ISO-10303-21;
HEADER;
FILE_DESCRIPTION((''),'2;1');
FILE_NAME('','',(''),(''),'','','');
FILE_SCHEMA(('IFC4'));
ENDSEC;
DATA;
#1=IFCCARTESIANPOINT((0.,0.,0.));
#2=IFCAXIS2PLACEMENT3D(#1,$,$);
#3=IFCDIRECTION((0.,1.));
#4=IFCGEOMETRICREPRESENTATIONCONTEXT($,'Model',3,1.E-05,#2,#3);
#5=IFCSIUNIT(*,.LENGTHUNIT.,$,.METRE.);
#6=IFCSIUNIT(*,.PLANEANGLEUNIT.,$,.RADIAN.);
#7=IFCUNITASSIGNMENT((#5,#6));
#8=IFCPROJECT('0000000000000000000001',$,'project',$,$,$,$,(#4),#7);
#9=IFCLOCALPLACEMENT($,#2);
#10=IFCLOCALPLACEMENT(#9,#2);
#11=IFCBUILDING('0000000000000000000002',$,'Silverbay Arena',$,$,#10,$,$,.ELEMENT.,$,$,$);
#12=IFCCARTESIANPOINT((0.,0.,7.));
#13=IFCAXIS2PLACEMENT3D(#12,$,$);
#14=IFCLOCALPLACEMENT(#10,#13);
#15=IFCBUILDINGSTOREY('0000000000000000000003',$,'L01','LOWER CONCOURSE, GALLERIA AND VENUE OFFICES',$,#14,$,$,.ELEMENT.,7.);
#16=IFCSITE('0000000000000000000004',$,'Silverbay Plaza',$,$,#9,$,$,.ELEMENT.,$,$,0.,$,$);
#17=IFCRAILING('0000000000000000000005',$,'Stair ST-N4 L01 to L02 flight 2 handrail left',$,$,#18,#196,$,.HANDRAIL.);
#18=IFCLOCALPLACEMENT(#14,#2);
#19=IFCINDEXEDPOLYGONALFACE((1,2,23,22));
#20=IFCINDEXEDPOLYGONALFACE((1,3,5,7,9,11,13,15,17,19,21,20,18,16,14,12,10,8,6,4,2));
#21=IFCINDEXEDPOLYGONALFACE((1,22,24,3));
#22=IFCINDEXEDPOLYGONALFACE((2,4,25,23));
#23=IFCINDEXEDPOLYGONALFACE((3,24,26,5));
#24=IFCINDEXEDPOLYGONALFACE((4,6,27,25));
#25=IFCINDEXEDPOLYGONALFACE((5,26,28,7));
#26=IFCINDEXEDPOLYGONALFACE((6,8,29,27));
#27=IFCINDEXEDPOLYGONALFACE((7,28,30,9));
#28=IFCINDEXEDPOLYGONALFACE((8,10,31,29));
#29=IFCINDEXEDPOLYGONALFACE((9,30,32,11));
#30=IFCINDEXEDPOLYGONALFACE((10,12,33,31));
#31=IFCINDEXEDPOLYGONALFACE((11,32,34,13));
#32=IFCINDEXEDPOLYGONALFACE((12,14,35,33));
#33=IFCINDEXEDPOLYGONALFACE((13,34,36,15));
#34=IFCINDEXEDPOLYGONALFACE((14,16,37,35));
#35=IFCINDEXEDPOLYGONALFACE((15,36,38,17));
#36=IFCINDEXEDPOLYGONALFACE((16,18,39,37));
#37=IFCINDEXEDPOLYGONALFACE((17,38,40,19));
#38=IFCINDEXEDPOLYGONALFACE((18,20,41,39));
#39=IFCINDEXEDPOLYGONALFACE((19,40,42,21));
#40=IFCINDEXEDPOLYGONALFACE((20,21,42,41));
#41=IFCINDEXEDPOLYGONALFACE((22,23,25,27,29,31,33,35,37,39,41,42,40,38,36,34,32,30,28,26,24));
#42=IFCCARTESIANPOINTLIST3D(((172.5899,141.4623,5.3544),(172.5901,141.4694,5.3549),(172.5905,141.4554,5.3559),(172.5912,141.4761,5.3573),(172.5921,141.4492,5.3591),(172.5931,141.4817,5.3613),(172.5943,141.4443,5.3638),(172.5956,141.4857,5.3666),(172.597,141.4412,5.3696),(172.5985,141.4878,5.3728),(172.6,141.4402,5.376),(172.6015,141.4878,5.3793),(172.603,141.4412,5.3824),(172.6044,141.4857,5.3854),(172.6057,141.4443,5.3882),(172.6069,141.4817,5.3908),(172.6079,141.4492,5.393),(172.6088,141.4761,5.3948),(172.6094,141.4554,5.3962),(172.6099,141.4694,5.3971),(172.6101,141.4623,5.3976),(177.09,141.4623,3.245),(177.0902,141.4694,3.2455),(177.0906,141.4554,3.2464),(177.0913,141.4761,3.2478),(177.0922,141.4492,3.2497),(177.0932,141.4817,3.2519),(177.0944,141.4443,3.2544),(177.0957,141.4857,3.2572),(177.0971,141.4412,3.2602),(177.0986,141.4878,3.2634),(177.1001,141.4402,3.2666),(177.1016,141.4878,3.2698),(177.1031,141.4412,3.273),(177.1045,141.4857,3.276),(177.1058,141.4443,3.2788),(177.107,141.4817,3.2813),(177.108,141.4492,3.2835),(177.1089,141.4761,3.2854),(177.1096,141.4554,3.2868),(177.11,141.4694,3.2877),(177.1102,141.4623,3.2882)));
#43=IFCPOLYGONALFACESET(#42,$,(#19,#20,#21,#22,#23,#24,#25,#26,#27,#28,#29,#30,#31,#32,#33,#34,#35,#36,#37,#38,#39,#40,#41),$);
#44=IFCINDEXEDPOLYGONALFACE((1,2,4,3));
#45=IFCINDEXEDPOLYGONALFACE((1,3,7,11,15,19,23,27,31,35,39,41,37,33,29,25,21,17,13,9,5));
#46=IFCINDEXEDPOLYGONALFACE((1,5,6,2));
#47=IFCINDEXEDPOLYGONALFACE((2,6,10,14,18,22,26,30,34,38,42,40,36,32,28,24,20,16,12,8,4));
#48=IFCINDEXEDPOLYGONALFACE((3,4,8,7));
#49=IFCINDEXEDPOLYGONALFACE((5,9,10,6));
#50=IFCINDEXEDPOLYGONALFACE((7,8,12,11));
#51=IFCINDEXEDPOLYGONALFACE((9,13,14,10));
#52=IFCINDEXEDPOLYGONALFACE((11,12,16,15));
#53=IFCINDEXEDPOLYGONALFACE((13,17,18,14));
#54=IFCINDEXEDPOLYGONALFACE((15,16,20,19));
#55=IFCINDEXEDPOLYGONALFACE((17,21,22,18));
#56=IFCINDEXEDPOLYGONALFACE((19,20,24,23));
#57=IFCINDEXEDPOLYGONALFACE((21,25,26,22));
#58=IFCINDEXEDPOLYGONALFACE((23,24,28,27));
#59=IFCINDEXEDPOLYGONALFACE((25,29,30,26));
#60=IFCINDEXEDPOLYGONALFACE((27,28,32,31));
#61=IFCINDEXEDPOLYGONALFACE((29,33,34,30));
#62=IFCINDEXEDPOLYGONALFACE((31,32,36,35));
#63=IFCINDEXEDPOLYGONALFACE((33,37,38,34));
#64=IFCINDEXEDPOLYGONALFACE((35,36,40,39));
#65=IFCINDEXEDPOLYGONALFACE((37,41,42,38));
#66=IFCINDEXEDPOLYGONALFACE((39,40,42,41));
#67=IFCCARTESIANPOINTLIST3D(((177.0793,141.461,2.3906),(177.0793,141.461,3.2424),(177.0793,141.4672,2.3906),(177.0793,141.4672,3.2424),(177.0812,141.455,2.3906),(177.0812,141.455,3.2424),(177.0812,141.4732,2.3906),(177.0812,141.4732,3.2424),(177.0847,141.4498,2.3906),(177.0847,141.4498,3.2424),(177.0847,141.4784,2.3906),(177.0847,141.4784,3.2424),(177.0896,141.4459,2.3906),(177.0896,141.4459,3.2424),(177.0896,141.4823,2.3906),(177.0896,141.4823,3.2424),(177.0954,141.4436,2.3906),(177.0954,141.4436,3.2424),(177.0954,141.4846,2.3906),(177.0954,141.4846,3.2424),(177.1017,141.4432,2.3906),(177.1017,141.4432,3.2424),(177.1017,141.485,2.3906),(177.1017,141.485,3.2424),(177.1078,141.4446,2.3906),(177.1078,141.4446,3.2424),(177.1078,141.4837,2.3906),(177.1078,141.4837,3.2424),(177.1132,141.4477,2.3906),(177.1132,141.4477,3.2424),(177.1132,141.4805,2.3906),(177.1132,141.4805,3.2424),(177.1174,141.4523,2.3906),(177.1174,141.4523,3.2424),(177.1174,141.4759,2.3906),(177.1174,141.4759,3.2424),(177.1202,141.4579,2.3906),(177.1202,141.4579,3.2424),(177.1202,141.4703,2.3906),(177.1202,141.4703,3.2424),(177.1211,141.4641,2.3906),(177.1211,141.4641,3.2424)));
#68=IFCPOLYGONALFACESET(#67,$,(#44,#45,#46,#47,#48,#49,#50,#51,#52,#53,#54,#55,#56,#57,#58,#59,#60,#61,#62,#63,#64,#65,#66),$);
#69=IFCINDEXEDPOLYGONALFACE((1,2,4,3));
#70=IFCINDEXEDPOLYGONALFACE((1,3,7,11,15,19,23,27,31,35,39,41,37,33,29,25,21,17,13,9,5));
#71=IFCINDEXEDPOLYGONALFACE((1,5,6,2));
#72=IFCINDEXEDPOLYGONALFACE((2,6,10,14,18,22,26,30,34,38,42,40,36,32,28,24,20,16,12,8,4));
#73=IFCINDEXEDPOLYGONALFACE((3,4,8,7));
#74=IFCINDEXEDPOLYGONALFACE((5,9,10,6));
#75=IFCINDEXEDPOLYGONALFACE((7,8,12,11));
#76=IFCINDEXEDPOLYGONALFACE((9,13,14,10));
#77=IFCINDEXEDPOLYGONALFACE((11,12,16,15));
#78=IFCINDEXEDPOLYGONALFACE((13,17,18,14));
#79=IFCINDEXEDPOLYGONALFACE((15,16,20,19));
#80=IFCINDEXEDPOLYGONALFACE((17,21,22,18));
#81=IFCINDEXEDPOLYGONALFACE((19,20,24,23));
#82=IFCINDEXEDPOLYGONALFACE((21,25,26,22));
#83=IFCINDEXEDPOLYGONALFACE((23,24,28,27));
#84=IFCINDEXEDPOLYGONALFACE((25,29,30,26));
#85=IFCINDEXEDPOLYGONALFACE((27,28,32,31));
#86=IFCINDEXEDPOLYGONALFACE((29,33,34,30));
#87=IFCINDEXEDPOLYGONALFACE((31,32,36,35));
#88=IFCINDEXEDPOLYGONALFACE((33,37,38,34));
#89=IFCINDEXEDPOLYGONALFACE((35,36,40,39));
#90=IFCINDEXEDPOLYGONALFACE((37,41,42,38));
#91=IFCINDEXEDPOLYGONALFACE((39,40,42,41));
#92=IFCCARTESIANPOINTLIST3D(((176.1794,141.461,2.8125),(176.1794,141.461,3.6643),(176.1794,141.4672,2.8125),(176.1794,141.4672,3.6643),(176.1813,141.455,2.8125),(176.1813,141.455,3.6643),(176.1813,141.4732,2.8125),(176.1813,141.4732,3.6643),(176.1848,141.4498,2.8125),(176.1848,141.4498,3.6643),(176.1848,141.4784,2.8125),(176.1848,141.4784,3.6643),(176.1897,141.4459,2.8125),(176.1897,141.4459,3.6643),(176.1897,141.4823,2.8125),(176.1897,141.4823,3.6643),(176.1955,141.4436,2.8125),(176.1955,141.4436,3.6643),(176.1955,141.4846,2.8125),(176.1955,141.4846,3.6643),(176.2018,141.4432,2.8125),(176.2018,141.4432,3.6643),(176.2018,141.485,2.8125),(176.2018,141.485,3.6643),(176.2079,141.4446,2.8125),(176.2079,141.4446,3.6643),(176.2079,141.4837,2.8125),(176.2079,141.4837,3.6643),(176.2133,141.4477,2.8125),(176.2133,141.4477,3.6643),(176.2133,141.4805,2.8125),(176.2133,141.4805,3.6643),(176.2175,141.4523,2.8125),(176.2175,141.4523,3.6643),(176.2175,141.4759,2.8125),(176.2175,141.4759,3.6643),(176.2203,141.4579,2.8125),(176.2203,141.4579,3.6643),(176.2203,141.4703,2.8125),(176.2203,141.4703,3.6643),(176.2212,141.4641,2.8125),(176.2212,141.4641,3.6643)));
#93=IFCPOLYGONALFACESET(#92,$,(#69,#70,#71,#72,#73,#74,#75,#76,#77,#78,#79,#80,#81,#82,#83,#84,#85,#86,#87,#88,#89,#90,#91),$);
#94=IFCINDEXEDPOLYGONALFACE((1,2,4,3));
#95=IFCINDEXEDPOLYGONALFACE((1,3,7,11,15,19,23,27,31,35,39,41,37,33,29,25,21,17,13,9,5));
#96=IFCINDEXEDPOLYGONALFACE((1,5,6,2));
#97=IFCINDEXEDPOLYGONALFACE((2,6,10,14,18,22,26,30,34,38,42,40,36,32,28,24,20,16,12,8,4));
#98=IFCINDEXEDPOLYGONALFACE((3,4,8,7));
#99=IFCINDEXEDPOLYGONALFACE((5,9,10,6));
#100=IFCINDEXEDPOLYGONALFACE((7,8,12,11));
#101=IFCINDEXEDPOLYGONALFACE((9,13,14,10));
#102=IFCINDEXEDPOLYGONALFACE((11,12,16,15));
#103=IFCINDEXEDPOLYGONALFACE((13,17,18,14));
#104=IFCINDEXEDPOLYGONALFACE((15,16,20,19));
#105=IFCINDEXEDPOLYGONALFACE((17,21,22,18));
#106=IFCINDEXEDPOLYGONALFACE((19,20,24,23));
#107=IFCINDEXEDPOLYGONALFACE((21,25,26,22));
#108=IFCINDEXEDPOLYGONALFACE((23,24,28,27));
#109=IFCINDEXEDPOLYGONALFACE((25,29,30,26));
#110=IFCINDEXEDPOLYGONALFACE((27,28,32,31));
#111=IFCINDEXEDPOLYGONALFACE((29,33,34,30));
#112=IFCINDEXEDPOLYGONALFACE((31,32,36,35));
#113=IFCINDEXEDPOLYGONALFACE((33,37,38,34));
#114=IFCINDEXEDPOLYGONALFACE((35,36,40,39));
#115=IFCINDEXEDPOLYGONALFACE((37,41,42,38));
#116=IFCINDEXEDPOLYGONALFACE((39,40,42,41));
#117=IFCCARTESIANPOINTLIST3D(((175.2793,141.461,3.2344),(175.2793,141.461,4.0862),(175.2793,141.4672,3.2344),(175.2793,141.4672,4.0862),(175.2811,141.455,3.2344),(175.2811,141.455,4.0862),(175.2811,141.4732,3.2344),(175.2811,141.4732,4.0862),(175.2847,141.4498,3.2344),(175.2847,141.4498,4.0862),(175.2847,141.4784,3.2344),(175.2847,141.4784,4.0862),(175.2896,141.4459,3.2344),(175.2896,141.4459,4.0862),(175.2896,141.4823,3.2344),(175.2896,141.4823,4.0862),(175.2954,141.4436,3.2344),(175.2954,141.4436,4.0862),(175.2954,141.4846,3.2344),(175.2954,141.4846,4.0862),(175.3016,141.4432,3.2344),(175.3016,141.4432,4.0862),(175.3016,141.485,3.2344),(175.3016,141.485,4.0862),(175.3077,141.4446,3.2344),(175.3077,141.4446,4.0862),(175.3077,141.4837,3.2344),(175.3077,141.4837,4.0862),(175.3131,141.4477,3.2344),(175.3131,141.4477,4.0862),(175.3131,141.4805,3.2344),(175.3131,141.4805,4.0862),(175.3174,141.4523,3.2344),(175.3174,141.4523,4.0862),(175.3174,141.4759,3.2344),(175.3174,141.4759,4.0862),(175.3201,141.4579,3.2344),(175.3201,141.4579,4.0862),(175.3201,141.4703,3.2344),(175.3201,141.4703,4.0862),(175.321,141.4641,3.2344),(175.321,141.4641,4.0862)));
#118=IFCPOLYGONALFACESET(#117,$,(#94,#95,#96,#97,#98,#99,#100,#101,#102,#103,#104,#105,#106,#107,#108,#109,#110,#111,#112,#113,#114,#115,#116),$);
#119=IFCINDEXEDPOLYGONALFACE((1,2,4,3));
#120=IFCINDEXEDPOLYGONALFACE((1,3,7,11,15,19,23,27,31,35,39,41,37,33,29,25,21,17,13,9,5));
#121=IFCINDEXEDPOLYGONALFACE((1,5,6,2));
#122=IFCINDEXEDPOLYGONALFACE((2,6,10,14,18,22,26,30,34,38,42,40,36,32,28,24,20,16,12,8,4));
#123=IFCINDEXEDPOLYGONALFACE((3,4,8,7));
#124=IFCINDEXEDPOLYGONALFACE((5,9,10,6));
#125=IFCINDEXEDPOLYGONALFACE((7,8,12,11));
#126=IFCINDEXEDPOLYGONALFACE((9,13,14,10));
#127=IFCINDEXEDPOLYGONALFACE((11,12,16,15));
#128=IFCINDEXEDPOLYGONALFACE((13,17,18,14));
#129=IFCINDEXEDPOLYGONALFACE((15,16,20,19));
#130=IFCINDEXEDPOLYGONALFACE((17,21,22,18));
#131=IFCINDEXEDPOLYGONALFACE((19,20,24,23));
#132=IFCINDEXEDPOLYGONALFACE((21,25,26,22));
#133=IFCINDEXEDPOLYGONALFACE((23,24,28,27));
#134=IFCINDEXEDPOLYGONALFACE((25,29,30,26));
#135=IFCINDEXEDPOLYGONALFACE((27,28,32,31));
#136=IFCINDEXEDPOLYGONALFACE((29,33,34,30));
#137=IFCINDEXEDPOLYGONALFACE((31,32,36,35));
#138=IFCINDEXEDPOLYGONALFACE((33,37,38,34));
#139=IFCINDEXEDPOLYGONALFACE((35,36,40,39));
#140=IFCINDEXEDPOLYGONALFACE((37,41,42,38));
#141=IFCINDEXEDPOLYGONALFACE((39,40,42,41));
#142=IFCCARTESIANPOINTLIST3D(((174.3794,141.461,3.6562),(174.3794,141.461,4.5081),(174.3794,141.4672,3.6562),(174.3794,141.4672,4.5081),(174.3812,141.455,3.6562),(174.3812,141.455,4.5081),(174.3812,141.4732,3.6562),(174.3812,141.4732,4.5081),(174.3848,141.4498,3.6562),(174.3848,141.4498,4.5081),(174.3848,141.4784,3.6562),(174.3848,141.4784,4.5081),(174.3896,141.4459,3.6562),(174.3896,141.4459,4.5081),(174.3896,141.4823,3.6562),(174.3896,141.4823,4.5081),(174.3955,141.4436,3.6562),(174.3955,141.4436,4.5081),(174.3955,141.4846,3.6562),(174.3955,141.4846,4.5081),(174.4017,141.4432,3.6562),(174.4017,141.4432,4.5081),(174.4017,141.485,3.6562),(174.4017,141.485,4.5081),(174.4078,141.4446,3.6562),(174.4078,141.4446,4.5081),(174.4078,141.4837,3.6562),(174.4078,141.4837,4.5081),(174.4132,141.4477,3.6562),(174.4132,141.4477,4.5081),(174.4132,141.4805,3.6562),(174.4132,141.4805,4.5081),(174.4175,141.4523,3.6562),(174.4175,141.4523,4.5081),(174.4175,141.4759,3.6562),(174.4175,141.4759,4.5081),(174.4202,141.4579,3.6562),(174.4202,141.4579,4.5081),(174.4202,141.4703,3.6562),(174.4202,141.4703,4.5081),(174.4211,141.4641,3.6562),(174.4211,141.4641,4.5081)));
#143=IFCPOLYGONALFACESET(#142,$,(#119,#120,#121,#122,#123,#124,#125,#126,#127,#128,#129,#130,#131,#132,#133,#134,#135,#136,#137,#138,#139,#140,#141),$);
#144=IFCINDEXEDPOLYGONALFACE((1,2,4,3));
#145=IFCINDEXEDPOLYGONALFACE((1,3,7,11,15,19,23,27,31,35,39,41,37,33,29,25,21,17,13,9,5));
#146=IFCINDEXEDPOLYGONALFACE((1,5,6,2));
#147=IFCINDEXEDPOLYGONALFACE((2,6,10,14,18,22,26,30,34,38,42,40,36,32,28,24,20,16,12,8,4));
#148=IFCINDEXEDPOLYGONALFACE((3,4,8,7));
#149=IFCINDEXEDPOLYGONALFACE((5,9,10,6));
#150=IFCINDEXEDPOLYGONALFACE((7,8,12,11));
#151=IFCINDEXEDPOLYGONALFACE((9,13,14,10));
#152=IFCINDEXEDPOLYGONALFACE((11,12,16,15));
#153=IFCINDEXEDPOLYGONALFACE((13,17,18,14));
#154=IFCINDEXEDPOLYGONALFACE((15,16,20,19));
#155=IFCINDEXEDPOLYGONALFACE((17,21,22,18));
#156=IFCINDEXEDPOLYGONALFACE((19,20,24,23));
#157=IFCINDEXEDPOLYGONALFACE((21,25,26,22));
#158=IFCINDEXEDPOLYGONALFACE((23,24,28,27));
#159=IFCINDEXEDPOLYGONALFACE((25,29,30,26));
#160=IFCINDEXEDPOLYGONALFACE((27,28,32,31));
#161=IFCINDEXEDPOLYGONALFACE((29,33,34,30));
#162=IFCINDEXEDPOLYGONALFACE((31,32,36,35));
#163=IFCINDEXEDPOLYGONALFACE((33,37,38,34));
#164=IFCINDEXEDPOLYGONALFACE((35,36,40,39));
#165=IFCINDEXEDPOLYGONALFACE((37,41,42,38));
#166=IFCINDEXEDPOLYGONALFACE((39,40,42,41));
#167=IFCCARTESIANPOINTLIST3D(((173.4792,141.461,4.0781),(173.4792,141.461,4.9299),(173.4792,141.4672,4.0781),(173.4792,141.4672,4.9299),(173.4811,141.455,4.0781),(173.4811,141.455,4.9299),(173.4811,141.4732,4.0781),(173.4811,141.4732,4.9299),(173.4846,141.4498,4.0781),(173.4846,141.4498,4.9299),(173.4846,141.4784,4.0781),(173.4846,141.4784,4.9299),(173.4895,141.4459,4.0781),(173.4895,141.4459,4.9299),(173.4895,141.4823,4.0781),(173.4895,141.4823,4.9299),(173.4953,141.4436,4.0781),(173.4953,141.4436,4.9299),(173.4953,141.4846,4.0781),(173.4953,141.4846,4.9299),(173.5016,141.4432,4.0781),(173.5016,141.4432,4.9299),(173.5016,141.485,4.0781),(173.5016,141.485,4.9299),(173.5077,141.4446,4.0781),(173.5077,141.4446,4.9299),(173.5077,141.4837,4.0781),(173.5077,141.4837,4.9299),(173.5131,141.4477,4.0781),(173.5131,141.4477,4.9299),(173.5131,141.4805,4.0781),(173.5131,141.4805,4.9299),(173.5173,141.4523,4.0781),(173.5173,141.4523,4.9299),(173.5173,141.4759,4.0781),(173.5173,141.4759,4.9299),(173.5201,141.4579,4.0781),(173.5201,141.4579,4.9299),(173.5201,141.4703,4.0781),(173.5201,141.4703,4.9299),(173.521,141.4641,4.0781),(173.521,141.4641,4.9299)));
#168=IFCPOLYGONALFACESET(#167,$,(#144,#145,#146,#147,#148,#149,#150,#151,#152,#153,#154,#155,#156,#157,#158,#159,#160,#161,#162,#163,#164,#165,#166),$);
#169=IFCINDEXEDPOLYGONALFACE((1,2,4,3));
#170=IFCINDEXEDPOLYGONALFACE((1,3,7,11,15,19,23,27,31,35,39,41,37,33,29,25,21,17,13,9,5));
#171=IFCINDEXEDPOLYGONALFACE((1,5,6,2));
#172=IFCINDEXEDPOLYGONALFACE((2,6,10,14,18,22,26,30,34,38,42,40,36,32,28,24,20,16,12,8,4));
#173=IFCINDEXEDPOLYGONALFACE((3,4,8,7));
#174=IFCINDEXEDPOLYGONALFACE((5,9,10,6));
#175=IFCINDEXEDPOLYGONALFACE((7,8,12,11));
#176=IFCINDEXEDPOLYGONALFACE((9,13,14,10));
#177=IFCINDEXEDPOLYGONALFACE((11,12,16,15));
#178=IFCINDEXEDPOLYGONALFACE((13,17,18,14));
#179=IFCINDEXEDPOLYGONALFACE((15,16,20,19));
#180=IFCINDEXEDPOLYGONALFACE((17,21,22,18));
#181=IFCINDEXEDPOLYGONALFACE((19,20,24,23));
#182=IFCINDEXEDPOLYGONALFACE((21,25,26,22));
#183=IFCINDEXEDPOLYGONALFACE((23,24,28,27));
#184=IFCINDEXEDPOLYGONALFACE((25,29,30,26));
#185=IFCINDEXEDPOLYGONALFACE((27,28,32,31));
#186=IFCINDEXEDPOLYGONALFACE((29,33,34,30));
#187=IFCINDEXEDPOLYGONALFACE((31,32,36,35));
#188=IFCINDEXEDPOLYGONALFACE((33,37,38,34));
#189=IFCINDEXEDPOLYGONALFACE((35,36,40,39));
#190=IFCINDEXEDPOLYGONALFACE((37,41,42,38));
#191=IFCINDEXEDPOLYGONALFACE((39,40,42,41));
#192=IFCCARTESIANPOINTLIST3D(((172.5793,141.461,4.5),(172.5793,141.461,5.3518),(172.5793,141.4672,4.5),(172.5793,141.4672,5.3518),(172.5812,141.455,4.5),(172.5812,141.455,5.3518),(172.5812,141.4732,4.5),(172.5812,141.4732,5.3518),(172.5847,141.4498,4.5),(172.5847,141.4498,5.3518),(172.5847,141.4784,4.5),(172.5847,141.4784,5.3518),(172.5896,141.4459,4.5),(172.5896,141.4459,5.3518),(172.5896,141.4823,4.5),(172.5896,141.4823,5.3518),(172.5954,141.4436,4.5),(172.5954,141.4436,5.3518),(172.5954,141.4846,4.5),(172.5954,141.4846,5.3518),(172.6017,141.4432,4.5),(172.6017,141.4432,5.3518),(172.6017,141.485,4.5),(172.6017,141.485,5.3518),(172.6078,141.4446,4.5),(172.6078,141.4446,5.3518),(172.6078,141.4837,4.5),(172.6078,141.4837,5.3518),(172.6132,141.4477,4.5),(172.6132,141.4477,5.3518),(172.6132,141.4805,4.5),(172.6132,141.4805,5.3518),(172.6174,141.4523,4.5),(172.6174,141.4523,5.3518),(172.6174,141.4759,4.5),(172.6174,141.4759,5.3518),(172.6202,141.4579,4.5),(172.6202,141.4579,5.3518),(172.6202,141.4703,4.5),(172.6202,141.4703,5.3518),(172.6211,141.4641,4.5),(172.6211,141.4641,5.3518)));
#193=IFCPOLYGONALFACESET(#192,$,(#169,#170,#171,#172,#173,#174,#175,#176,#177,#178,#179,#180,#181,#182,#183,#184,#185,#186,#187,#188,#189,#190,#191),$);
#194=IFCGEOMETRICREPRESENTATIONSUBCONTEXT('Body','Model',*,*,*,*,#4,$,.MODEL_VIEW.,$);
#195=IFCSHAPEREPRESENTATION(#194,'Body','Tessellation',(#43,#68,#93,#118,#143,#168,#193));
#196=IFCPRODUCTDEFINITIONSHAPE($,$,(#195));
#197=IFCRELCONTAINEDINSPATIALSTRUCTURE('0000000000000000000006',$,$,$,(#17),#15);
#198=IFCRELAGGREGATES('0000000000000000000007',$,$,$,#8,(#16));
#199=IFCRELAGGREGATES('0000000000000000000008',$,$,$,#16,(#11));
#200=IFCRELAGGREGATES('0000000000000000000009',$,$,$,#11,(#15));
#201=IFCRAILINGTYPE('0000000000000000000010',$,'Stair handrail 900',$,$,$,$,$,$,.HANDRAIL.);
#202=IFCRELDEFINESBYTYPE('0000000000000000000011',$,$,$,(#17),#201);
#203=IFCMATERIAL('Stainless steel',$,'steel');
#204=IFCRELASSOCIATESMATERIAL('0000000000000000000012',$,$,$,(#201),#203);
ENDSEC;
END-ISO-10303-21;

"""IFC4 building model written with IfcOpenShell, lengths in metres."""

from ifc_helpers import new_model, si_unit, direction, frame, origin, origin_2d, place, context, subcontext, project, spatial, circle, extrude, material, type_object, element, save


model = new_model("IFC4")

# Units and contexts
model_context = context("Model", 3, precision=1e-05, world=origin(), true_north=direction((0.0, 1.0)))
body_context = subcontext(model_context, "Body", "Model", "MODEL_VIEW")
ifc_project = project(units=[si_unit("LENGTHUNIT", "METRE"), si_unit("PLANEANGLEUNIT", "RADIAN")], contexts=[model_context])

# Site, building, storey
site_placement = place(None, origin())
site = spatial("IfcSite", under=ifc_project, at=site_placement, Name="Silverbay Plaza", CompositionType="ELEMENT", RefElevation=0.0)
building_placement = place(site_placement, origin())
building = spatial("IfcBuilding", under=site, at=building_placement, Name="Silverbay Arena", CompositionType="ELEMENT")
storey_placement = place(building_placement, frame((0.0, 0.0, 7.0)))
storey = spatial("IfcBuildingStorey", under=building, at=storey_placement, Name="L01", Description="LOWER CONCOURSE, GALLERIA AND VENUE OFFICES", CompositionType="ELEMENT", Elevation=7.0)

# Railing
ifc_material_1 = material(Name="Stainless steel", Category="steel")
railing_type_1 = type_object("IfcRailingType", Name="Stair handrail 900", PredefinedType="HANDRAIL", material=ifc_material_1)
railing_1_placement = place(storey_placement, frame((177.1001, 141.4641, 2.3906)))
element("IfcRailing", 1, at=railing_1_placement, inside=storey, type_object=railing_type_1, Name="Stair ST-N4 L01 to L02 flight 2 handrail left", PredefinedType="HANDRAIL", context=body_context, shape_type="SweptSolid", body=[
    extrude(circle(Radius=0.0239, at=origin_2d()), frame((0.0, 0.0, 0.876), z_axis=(-0.905459, 0.0, 0.424434), x_axis=(0.0, -1.0, 0.0)), (0.0, 0.0, 1.0), 4.97),
    extrude(circle(Radius=0.021, at=origin_2d()), origin(), (0.0, 0.0, 1.0), 0.8518),
    extrude(circle(Radius=0.021, at=origin_2d()), frame((-0.8999, 0.0, 0.4219)), (0.0, 0.0, 1.0), 0.8518),
    extrude(circle(Radius=0.021, at=origin_2d()), frame((-1.8, 0.0, 0.8438)), (0.0, 0.0, 1.0), 0.8518),
    extrude(circle(Radius=0.021, at=origin_2d()), frame((-2.7, 0.0, 1.2656)), (0.0, 0.0, 1.0), 0.8518),
    extrude(circle(Radius=0.021, at=origin_2d()), frame((-3.6001, 0.0, 1.6875)), (0.0, 0.0, 1.0), 0.8518),
    extrude(circle(Radius=0.021, at=origin_2d()), frame((-4.5, 0.0, 2.1094)), (0.0, 0.0, 1.0), 0.8518),
])

save(model, "model.ifc")
